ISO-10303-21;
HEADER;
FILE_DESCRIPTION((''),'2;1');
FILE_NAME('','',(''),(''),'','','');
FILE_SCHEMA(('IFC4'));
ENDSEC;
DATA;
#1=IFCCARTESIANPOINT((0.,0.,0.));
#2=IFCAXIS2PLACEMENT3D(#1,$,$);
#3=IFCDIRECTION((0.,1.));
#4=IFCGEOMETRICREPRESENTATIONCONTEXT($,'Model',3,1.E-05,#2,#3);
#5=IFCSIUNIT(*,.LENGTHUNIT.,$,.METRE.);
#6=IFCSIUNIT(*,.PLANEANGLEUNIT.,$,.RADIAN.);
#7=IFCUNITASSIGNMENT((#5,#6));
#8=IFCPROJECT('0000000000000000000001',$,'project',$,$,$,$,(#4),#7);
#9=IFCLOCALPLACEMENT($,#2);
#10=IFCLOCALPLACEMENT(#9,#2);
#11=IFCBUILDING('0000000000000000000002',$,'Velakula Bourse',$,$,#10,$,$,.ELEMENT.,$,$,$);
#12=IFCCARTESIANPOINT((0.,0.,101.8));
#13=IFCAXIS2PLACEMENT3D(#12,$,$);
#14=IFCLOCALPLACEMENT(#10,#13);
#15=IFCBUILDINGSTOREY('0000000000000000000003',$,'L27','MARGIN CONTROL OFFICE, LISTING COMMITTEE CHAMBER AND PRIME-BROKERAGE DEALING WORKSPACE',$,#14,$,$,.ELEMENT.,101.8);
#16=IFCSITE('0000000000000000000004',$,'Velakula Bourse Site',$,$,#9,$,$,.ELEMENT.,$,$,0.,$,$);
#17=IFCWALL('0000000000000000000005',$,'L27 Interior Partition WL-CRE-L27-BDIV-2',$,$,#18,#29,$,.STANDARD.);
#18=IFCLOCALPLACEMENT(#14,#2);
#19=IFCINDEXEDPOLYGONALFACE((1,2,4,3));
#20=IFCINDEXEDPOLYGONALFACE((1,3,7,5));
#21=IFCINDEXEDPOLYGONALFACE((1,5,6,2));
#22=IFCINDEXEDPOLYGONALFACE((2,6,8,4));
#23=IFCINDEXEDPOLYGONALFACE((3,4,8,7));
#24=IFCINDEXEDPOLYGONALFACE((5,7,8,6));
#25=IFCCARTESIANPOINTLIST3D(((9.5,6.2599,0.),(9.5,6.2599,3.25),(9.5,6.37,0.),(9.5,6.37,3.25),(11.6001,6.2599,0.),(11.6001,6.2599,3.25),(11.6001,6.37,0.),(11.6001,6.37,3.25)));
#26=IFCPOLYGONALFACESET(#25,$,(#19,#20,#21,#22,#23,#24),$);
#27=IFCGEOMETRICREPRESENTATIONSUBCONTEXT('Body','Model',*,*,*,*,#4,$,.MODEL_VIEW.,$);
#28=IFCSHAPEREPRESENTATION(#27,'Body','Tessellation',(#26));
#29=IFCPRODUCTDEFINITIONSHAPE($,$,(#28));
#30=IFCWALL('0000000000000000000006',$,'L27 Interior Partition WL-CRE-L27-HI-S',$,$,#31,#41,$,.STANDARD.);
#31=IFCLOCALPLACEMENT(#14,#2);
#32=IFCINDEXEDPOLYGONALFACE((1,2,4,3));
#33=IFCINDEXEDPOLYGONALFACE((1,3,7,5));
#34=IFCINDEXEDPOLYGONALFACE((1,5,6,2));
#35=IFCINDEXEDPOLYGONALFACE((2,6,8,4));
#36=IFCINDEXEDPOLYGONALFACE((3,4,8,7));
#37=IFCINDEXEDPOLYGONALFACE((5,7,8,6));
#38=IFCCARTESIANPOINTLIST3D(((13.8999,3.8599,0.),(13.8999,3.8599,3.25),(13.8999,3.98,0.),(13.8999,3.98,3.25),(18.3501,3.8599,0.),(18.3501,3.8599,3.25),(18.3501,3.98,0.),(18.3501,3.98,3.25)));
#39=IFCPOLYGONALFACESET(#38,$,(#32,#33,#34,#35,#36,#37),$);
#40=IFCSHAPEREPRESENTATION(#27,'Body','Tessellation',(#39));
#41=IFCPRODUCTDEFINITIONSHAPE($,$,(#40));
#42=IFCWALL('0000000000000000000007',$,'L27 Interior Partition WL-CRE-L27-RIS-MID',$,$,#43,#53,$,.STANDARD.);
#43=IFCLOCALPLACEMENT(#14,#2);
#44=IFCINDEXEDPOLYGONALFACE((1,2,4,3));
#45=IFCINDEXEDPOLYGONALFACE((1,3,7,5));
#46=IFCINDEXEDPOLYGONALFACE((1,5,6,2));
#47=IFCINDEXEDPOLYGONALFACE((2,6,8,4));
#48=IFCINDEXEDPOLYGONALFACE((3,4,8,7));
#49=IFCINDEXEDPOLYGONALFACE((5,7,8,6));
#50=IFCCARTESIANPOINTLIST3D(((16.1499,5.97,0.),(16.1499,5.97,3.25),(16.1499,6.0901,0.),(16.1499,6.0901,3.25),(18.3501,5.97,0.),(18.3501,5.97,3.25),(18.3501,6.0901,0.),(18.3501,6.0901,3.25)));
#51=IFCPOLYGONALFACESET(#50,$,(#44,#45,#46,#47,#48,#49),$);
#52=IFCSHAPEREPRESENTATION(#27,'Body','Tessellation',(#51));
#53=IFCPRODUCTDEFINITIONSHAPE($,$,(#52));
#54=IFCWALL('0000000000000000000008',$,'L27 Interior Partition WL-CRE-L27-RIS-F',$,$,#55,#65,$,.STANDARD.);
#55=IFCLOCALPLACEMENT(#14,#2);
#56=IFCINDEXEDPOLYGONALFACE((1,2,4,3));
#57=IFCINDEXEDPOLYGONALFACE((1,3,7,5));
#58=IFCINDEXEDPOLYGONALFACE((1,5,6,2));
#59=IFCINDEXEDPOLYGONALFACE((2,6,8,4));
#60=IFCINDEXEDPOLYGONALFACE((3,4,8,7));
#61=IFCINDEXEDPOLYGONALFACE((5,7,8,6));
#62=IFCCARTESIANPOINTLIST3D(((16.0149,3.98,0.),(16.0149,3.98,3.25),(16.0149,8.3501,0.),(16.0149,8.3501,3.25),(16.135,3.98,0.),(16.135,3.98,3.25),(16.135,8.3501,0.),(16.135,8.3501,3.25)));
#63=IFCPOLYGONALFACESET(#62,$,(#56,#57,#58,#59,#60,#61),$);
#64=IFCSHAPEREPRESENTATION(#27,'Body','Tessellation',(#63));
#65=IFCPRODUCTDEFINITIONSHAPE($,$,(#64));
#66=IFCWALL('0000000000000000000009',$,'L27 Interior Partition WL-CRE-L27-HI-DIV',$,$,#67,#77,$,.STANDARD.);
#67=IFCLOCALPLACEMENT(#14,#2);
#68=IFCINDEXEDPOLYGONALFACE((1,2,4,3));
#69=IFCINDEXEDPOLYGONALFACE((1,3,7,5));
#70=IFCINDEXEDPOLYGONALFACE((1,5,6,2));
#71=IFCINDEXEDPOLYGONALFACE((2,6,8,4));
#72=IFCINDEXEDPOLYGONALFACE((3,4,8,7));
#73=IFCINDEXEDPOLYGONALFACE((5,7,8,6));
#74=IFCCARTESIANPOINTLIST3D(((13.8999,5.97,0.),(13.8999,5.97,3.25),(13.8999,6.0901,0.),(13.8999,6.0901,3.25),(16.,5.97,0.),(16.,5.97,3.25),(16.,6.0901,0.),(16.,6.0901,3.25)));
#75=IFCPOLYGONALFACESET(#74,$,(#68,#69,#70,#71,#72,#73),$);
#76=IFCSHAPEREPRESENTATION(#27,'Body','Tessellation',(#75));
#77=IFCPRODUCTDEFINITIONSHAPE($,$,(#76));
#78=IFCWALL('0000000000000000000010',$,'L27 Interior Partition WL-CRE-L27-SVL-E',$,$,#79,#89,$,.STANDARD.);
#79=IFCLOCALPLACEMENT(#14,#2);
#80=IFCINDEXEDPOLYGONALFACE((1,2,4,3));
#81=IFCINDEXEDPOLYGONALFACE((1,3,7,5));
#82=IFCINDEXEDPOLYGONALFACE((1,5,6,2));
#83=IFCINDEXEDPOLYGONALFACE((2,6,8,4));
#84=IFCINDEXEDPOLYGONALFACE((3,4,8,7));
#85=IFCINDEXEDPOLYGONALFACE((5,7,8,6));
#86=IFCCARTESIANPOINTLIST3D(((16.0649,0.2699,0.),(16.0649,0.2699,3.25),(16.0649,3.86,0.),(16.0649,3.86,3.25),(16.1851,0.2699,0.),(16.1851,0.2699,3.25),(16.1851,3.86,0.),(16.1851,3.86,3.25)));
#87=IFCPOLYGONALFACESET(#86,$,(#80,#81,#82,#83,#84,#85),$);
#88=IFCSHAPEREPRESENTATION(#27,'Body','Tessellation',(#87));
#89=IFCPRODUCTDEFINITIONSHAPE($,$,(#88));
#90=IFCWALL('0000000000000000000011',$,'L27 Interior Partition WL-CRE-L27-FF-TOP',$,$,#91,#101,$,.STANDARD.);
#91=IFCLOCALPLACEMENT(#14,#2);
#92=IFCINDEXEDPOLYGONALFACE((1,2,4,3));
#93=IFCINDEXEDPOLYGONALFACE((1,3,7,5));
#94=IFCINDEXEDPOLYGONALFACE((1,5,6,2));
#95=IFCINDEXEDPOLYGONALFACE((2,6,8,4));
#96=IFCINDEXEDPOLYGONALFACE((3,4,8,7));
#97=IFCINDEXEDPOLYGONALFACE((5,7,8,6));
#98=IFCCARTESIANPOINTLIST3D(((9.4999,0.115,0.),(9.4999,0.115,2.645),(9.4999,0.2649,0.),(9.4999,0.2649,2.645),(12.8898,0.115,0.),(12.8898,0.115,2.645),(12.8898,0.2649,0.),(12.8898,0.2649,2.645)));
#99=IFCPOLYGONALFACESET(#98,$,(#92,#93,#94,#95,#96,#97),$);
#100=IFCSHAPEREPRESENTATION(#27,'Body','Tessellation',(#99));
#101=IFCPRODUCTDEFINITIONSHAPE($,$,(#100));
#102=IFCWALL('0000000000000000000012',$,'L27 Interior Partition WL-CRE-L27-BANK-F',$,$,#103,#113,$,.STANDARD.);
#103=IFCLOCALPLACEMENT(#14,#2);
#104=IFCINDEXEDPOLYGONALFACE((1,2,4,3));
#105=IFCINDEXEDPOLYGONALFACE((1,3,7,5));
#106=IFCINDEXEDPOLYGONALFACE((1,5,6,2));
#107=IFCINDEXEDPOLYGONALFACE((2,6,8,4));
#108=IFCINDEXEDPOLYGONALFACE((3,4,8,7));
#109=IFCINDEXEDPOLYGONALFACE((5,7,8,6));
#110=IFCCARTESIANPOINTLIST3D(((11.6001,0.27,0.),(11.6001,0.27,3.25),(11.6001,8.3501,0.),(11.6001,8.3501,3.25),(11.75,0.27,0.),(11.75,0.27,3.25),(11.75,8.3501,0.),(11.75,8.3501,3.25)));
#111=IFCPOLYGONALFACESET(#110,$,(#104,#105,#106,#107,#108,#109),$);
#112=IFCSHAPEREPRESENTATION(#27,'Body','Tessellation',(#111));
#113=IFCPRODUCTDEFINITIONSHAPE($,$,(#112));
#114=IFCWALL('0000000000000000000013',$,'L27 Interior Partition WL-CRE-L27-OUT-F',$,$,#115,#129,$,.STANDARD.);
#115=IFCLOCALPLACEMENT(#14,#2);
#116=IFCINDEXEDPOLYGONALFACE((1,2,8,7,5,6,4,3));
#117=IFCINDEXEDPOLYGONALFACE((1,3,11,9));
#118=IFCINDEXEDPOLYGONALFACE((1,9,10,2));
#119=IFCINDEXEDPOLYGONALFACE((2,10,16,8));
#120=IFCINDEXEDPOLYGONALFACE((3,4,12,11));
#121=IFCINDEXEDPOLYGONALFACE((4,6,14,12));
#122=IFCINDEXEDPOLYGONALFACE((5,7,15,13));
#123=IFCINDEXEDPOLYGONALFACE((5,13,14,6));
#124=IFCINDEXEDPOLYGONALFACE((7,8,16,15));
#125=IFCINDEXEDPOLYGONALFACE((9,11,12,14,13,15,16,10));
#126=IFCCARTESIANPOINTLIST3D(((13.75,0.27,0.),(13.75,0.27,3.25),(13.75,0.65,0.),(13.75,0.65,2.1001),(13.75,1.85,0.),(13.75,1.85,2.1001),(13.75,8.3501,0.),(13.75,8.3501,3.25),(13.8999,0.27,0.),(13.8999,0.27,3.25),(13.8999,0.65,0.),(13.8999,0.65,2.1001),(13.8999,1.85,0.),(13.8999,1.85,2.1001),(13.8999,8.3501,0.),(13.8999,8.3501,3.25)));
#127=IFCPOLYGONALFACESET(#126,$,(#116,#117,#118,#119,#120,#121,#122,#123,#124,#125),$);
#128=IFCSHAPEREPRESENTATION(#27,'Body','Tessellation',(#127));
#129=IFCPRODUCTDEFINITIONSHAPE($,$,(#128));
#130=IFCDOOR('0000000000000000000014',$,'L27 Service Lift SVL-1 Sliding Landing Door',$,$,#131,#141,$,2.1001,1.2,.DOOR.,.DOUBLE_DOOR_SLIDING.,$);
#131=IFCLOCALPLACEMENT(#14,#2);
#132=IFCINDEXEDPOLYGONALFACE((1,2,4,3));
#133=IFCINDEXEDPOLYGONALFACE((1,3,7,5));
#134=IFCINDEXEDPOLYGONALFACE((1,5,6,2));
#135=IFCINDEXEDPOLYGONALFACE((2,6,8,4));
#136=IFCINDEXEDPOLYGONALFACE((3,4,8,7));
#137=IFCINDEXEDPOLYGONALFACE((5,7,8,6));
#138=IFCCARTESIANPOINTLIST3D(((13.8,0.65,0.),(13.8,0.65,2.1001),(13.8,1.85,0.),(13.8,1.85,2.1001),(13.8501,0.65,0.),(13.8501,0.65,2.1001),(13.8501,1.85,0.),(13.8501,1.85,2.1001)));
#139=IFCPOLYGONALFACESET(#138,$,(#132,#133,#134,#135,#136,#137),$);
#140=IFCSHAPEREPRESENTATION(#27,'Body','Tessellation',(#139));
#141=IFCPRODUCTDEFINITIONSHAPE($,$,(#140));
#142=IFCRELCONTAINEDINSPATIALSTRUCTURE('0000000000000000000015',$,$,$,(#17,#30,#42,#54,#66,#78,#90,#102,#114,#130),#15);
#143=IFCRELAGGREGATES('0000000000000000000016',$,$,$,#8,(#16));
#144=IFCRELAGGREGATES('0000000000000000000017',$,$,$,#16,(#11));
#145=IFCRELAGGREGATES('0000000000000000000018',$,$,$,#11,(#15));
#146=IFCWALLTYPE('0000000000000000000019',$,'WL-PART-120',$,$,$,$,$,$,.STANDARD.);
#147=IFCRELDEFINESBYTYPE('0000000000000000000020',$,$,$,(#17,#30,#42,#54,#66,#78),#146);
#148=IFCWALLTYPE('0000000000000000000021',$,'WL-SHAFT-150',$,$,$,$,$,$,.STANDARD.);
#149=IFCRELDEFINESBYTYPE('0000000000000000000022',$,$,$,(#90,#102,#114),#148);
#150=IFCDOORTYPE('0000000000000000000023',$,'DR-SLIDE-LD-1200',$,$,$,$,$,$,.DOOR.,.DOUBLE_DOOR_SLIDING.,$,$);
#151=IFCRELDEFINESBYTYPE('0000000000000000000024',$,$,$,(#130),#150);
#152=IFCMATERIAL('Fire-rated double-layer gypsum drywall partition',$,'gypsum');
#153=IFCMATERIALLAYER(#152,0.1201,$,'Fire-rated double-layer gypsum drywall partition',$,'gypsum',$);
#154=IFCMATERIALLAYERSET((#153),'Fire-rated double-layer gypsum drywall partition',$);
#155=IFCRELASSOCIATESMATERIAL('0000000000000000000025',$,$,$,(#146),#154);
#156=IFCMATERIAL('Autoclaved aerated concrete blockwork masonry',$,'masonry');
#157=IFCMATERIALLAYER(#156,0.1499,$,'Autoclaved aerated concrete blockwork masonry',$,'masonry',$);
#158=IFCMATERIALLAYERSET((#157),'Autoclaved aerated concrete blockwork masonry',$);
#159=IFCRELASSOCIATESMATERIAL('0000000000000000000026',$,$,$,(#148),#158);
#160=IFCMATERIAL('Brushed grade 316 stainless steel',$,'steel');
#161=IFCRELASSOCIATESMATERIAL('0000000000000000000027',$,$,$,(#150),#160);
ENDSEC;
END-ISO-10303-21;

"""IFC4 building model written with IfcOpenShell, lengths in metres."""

from ifc_helpers import new_model, si_unit, direction, frame, frame_2d, origin, place, context, subcontext, project, spatial, rectangle, extrude, material, layer, layer_set, type_object, element, fill, save


model = new_model("IFC4")

# Units and contexts
model_context = context("Model", 3, precision=1e-05, world=origin(), true_north=direction((0.0, 1.0)))
body_context = subcontext(model_context, "Body", "Model", "MODEL_VIEW")
ifc_project = project(units=[si_unit("LENGTHUNIT", "METRE"), si_unit("PLANEANGLEUNIT", "RADIAN")], contexts=[model_context])

# Site, building, storey
site_placement = place(None, origin())
site = spatial("IfcSite", under=ifc_project, at=site_placement, Name="Velakula Bourse Site", CompositionType="ELEMENT", RefElevation=0.0)
building_placement = place(site_placement, origin())
building = spatial("IfcBuilding", under=site, at=building_placement, Name="Velakula Bourse", CompositionType="ELEMENT")
storey_placement = place(building_placement, frame((0.0, 0.0, 101.8)))
storey = spatial("IfcBuildingStorey", under=building, at=storey_placement, Name="L27", Description="MARGIN CONTROL OFFICE, LISTING COMMITTEE CHAMBER AND PRIME-BROKERAGE DEALING WORKSPACE", CompositionType="ELEMENT", Elevation=101.8)

# Walls
ifc_material_1 = material(Name="Fire-rated double-layer gypsum drywall partition", Category="gypsum")
ifc_layer_1 = layer(ifc_material_1, 0.1201, Name="Fire-rated double-layer gypsum drywall partition", Category="gypsum")
ifc_layer_set_1 = layer_set([ifc_layer_1], Name="Fire-rated double-layer gypsum drywall partition")
wall_type_1 = type_object("IfcWallType", Name="WL-PART-120", PredefinedType="STANDARD", material=ifc_layer_set_1)
for number, where, z_axis, x_axis, name in (
    (1, (9.5, 6.3149, 0.0), (0.0, 0.0, 1.0), (1.0, 0.0, 0.0), "L27 Interior Partition WL-CRE-L27-BDIV-2"),
):
    element("IfcWall", number, at=place(storey_placement, frame(where, z_axis=z_axis, x_axis=x_axis)), inside=storey, type_object=wall_type_1, Name=name, PredefinedType="STANDARD", context=body_context, shape_type="SweptSolid", body=[
        extrude(rectangle(XDim=2.1001, YDim=0.1101, at=frame_2d((1.05, 0.0))), origin(), (0.0, 0.0, 1.0), 3.25),
    ])
wall_1_placement = place(storey_placement, frame((13.8999, 3.9199, 0.0), z_axis=(0.0, 0.0, 1.0), x_axis=(1.0, 0.0, 0.0)))
element("IfcWall", 2, at=wall_1_placement, inside=storey, type_object=wall_type_1, Name="L27 Interior Partition WL-CRE-L27-HI-S", PredefinedType="STANDARD", context=body_context, shape_type="SweptSolid", body=[
    extrude(rectangle(XDim=4.4502, YDim=0.1201, at=frame_2d((2.2251, 0.0))), origin(), (0.0, 0.0, 1.0), 3.25),
])
wall_2_placement = place(storey_placement, frame((16.1499, 6.03, 0.0), z_axis=(0.0, 0.0, 1.0), x_axis=(1.0, 0.0, 0.0)))
element("IfcWall", 3, at=wall_2_placement, inside=storey, type_object=wall_type_1, Name="L27 Interior Partition WL-CRE-L27-RIS-MID", PredefinedType="STANDARD", context=body_context, shape_type="SweptSolid", body=[
    extrude(rectangle(XDim=2.2002, YDim=0.1201, at=frame_2d((1.1001, 0.0))), origin(), (0.0, 0.0, 1.0), 3.25),
])
wall_3_placement = place(storey_placement, frame((16.075, 3.98, 0.0), z_axis=(0.0, 0.0, 1.0), x_axis=(0.0, 1.0, 0.0)))
element("IfcWall", 4, at=wall_3_placement, inside=storey, type_object=wall_type_1, Name="L27 Interior Partition WL-CRE-L27-RIS-F", PredefinedType="STANDARD", context=body_context, shape_type="SweptSolid", body=[
    extrude(rectangle(XDim=4.3701, YDim=0.1201, at=frame_2d((2.1851, 0.0))), origin(), (0.0, 0.0, 1.0), 3.25),
])
wall_4_placement = place(storey_placement, frame((13.8999, 6.03, 0.0), z_axis=(0.0, 0.0, 1.0), x_axis=(1.0, 0.0, 0.0)))
element("IfcWall", 5, at=wall_4_placement, inside=storey, type_object=wall_type_1, Name="L27 Interior Partition WL-CRE-L27-HI-DIV", PredefinedType="STANDARD", context=body_context, shape_type="SweptSolid", body=[
    extrude(rectangle(XDim=2.1001, YDim=0.1201, at=frame_2d((1.05, 0.0))), origin(), (0.0, 0.0, 1.0), 3.25),
])
wall_5_placement = place(storey_placement, frame((16.125, 0.27, 0.0), z_axis=(0.0, 0.0, 1.0), x_axis=(0.0, 1.0, 0.0)))
element("IfcWall", 6, at=wall_5_placement, inside=storey, type_object=wall_type_1, Name="L27 Interior Partition WL-CRE-L27-SVL-E", PredefinedType="STANDARD", context=body_context, shape_type="SweptSolid", body=[
    extrude(rectangle(XDim=3.5901, YDim=0.1201, at=frame_2d((1.7949, 0.0))), origin(), (0.0, 0.0, 1.0), 3.25),
])
ifc_material_2 = material(Name="Autoclaved aerated concrete blockwork masonry", Category="masonry")
ifc_layer_2 = layer(ifc_material_2, 0.1499, Name="Autoclaved aerated concrete blockwork masonry", Category="masonry")
ifc_layer_set_2 = layer_set([ifc_layer_2], Name="Autoclaved aerated concrete blockwork masonry")
wall_type_2 = type_object("IfcWallType", Name="WL-SHAFT-150", PredefinedType="STANDARD", material=ifc_layer_set_2)
wall_6_placement = place(storey_placement, frame((9.5, 0.1899, 0.0), z_axis=(0.0, 0.0, 1.0), x_axis=(1.0, 0.0, 0.0)))
element("IfcWall", 7, at=wall_6_placement, inside=storey, type_object=wall_type_2, Name="L27 Interior Partition WL-CRE-L27-FF-TOP", PredefinedType="STANDARD", context=body_context, shape_type="SweptSolid", body=[
    extrude(rectangle(XDim=3.3899, YDim=0.1499, at=frame_2d((1.6948, 0.0))), origin(), (0.0, 0.0, 1.0), 2.645),
])
wall_7_placement = place(storey_placement, frame((11.675, 0.27, 0.0), z_axis=(0.0, 0.0, 1.0), x_axis=(0.0, 1.0, 0.0)))
element("IfcWall", 8, at=wall_7_placement, inside=storey, type_object=wall_type_2, Name="L27 Interior Partition WL-CRE-L27-BANK-F", PredefinedType="STANDARD", context=body_context, shape_type="SweptSolid", body=[
    extrude(rectangle(XDim=8.0801, YDim=0.1499, at=frame_2d((4.04, 0.0))), origin(), (0.0, 0.0, 1.0), 3.25),
])

# Wall, opening, door
wall_8_placement = place(storey_placement, frame((13.825, 0.27, 0.0), z_axis=(0.0, 0.0, 1.0), x_axis=(0.0, 1.0, 0.0)))
wall_8 = element("IfcWall", 9, at=wall_8_placement, inside=storey, type_object=wall_type_2, Name="L27 Interior Partition WL-CRE-L27-OUT-F", PredefinedType="STANDARD", context=body_context, shape_type="SweptSolid", body=[
    extrude(rectangle(XDim=8.0801, YDim=0.1499, at=frame_2d((4.04, 0.0))), origin(), (0.0, 0.0, 1.0), 3.25),
])
opening_placement = place(wall_8_placement, frame((0.3799, 0.0, 0.0)))
opening = element("IfcOpeningElement", 10, at=opening_placement, cuts=wall_8, PredefinedType="OPENING", context=body_context, shape_type="SweptSolid", body=[
    extrude(rectangle(XDim=1.2, YDim=2.1001, at=frame_2d((0.6001, 1.05))), frame((0.0, 0.085, 0.0), z_axis=(0.0, -1.0, 0.0), x_axis=(1.0, 0.0, 0.0)), (0.0, 0.0, 1.0), 0.1699),
])
ifc_material_3 = material(Name="Brushed grade 316 stainless steel", Category="steel")
door_type = type_object("IfcDoorType", Name="DR-SLIDE-LD-1200", OperationType="DOUBLE_DOOR_SLIDING", PredefinedType="DOOR", material=ifc_material_3)
door_placement = place(opening_placement, origin())
door = element("IfcDoor", 11, at=door_placement, inside=storey, type_object=door_type, Name="L27 Service Lift SVL-1 Sliding Landing Door", OperationType="DOUBLE_DOOR_SLIDING", OverallHeight=2.1001, OverallWidth=1.2, PredefinedType="DOOR", context=body_context, shape_type="SweptSolid", body=[
    extrude(rectangle(XDim=1.2, YDim=2.1001, at=frame_2d((0.6001, 1.05))), frame((0.0, 0.0249, 0.0), z_axis=(0.0, -1.0, 0.0), x_axis=(1.0, 0.0, 0.0)), (0.0, 0.0, 1.0), 0.05),
])
fill(opening, door)

save(model, "model.ifc")
